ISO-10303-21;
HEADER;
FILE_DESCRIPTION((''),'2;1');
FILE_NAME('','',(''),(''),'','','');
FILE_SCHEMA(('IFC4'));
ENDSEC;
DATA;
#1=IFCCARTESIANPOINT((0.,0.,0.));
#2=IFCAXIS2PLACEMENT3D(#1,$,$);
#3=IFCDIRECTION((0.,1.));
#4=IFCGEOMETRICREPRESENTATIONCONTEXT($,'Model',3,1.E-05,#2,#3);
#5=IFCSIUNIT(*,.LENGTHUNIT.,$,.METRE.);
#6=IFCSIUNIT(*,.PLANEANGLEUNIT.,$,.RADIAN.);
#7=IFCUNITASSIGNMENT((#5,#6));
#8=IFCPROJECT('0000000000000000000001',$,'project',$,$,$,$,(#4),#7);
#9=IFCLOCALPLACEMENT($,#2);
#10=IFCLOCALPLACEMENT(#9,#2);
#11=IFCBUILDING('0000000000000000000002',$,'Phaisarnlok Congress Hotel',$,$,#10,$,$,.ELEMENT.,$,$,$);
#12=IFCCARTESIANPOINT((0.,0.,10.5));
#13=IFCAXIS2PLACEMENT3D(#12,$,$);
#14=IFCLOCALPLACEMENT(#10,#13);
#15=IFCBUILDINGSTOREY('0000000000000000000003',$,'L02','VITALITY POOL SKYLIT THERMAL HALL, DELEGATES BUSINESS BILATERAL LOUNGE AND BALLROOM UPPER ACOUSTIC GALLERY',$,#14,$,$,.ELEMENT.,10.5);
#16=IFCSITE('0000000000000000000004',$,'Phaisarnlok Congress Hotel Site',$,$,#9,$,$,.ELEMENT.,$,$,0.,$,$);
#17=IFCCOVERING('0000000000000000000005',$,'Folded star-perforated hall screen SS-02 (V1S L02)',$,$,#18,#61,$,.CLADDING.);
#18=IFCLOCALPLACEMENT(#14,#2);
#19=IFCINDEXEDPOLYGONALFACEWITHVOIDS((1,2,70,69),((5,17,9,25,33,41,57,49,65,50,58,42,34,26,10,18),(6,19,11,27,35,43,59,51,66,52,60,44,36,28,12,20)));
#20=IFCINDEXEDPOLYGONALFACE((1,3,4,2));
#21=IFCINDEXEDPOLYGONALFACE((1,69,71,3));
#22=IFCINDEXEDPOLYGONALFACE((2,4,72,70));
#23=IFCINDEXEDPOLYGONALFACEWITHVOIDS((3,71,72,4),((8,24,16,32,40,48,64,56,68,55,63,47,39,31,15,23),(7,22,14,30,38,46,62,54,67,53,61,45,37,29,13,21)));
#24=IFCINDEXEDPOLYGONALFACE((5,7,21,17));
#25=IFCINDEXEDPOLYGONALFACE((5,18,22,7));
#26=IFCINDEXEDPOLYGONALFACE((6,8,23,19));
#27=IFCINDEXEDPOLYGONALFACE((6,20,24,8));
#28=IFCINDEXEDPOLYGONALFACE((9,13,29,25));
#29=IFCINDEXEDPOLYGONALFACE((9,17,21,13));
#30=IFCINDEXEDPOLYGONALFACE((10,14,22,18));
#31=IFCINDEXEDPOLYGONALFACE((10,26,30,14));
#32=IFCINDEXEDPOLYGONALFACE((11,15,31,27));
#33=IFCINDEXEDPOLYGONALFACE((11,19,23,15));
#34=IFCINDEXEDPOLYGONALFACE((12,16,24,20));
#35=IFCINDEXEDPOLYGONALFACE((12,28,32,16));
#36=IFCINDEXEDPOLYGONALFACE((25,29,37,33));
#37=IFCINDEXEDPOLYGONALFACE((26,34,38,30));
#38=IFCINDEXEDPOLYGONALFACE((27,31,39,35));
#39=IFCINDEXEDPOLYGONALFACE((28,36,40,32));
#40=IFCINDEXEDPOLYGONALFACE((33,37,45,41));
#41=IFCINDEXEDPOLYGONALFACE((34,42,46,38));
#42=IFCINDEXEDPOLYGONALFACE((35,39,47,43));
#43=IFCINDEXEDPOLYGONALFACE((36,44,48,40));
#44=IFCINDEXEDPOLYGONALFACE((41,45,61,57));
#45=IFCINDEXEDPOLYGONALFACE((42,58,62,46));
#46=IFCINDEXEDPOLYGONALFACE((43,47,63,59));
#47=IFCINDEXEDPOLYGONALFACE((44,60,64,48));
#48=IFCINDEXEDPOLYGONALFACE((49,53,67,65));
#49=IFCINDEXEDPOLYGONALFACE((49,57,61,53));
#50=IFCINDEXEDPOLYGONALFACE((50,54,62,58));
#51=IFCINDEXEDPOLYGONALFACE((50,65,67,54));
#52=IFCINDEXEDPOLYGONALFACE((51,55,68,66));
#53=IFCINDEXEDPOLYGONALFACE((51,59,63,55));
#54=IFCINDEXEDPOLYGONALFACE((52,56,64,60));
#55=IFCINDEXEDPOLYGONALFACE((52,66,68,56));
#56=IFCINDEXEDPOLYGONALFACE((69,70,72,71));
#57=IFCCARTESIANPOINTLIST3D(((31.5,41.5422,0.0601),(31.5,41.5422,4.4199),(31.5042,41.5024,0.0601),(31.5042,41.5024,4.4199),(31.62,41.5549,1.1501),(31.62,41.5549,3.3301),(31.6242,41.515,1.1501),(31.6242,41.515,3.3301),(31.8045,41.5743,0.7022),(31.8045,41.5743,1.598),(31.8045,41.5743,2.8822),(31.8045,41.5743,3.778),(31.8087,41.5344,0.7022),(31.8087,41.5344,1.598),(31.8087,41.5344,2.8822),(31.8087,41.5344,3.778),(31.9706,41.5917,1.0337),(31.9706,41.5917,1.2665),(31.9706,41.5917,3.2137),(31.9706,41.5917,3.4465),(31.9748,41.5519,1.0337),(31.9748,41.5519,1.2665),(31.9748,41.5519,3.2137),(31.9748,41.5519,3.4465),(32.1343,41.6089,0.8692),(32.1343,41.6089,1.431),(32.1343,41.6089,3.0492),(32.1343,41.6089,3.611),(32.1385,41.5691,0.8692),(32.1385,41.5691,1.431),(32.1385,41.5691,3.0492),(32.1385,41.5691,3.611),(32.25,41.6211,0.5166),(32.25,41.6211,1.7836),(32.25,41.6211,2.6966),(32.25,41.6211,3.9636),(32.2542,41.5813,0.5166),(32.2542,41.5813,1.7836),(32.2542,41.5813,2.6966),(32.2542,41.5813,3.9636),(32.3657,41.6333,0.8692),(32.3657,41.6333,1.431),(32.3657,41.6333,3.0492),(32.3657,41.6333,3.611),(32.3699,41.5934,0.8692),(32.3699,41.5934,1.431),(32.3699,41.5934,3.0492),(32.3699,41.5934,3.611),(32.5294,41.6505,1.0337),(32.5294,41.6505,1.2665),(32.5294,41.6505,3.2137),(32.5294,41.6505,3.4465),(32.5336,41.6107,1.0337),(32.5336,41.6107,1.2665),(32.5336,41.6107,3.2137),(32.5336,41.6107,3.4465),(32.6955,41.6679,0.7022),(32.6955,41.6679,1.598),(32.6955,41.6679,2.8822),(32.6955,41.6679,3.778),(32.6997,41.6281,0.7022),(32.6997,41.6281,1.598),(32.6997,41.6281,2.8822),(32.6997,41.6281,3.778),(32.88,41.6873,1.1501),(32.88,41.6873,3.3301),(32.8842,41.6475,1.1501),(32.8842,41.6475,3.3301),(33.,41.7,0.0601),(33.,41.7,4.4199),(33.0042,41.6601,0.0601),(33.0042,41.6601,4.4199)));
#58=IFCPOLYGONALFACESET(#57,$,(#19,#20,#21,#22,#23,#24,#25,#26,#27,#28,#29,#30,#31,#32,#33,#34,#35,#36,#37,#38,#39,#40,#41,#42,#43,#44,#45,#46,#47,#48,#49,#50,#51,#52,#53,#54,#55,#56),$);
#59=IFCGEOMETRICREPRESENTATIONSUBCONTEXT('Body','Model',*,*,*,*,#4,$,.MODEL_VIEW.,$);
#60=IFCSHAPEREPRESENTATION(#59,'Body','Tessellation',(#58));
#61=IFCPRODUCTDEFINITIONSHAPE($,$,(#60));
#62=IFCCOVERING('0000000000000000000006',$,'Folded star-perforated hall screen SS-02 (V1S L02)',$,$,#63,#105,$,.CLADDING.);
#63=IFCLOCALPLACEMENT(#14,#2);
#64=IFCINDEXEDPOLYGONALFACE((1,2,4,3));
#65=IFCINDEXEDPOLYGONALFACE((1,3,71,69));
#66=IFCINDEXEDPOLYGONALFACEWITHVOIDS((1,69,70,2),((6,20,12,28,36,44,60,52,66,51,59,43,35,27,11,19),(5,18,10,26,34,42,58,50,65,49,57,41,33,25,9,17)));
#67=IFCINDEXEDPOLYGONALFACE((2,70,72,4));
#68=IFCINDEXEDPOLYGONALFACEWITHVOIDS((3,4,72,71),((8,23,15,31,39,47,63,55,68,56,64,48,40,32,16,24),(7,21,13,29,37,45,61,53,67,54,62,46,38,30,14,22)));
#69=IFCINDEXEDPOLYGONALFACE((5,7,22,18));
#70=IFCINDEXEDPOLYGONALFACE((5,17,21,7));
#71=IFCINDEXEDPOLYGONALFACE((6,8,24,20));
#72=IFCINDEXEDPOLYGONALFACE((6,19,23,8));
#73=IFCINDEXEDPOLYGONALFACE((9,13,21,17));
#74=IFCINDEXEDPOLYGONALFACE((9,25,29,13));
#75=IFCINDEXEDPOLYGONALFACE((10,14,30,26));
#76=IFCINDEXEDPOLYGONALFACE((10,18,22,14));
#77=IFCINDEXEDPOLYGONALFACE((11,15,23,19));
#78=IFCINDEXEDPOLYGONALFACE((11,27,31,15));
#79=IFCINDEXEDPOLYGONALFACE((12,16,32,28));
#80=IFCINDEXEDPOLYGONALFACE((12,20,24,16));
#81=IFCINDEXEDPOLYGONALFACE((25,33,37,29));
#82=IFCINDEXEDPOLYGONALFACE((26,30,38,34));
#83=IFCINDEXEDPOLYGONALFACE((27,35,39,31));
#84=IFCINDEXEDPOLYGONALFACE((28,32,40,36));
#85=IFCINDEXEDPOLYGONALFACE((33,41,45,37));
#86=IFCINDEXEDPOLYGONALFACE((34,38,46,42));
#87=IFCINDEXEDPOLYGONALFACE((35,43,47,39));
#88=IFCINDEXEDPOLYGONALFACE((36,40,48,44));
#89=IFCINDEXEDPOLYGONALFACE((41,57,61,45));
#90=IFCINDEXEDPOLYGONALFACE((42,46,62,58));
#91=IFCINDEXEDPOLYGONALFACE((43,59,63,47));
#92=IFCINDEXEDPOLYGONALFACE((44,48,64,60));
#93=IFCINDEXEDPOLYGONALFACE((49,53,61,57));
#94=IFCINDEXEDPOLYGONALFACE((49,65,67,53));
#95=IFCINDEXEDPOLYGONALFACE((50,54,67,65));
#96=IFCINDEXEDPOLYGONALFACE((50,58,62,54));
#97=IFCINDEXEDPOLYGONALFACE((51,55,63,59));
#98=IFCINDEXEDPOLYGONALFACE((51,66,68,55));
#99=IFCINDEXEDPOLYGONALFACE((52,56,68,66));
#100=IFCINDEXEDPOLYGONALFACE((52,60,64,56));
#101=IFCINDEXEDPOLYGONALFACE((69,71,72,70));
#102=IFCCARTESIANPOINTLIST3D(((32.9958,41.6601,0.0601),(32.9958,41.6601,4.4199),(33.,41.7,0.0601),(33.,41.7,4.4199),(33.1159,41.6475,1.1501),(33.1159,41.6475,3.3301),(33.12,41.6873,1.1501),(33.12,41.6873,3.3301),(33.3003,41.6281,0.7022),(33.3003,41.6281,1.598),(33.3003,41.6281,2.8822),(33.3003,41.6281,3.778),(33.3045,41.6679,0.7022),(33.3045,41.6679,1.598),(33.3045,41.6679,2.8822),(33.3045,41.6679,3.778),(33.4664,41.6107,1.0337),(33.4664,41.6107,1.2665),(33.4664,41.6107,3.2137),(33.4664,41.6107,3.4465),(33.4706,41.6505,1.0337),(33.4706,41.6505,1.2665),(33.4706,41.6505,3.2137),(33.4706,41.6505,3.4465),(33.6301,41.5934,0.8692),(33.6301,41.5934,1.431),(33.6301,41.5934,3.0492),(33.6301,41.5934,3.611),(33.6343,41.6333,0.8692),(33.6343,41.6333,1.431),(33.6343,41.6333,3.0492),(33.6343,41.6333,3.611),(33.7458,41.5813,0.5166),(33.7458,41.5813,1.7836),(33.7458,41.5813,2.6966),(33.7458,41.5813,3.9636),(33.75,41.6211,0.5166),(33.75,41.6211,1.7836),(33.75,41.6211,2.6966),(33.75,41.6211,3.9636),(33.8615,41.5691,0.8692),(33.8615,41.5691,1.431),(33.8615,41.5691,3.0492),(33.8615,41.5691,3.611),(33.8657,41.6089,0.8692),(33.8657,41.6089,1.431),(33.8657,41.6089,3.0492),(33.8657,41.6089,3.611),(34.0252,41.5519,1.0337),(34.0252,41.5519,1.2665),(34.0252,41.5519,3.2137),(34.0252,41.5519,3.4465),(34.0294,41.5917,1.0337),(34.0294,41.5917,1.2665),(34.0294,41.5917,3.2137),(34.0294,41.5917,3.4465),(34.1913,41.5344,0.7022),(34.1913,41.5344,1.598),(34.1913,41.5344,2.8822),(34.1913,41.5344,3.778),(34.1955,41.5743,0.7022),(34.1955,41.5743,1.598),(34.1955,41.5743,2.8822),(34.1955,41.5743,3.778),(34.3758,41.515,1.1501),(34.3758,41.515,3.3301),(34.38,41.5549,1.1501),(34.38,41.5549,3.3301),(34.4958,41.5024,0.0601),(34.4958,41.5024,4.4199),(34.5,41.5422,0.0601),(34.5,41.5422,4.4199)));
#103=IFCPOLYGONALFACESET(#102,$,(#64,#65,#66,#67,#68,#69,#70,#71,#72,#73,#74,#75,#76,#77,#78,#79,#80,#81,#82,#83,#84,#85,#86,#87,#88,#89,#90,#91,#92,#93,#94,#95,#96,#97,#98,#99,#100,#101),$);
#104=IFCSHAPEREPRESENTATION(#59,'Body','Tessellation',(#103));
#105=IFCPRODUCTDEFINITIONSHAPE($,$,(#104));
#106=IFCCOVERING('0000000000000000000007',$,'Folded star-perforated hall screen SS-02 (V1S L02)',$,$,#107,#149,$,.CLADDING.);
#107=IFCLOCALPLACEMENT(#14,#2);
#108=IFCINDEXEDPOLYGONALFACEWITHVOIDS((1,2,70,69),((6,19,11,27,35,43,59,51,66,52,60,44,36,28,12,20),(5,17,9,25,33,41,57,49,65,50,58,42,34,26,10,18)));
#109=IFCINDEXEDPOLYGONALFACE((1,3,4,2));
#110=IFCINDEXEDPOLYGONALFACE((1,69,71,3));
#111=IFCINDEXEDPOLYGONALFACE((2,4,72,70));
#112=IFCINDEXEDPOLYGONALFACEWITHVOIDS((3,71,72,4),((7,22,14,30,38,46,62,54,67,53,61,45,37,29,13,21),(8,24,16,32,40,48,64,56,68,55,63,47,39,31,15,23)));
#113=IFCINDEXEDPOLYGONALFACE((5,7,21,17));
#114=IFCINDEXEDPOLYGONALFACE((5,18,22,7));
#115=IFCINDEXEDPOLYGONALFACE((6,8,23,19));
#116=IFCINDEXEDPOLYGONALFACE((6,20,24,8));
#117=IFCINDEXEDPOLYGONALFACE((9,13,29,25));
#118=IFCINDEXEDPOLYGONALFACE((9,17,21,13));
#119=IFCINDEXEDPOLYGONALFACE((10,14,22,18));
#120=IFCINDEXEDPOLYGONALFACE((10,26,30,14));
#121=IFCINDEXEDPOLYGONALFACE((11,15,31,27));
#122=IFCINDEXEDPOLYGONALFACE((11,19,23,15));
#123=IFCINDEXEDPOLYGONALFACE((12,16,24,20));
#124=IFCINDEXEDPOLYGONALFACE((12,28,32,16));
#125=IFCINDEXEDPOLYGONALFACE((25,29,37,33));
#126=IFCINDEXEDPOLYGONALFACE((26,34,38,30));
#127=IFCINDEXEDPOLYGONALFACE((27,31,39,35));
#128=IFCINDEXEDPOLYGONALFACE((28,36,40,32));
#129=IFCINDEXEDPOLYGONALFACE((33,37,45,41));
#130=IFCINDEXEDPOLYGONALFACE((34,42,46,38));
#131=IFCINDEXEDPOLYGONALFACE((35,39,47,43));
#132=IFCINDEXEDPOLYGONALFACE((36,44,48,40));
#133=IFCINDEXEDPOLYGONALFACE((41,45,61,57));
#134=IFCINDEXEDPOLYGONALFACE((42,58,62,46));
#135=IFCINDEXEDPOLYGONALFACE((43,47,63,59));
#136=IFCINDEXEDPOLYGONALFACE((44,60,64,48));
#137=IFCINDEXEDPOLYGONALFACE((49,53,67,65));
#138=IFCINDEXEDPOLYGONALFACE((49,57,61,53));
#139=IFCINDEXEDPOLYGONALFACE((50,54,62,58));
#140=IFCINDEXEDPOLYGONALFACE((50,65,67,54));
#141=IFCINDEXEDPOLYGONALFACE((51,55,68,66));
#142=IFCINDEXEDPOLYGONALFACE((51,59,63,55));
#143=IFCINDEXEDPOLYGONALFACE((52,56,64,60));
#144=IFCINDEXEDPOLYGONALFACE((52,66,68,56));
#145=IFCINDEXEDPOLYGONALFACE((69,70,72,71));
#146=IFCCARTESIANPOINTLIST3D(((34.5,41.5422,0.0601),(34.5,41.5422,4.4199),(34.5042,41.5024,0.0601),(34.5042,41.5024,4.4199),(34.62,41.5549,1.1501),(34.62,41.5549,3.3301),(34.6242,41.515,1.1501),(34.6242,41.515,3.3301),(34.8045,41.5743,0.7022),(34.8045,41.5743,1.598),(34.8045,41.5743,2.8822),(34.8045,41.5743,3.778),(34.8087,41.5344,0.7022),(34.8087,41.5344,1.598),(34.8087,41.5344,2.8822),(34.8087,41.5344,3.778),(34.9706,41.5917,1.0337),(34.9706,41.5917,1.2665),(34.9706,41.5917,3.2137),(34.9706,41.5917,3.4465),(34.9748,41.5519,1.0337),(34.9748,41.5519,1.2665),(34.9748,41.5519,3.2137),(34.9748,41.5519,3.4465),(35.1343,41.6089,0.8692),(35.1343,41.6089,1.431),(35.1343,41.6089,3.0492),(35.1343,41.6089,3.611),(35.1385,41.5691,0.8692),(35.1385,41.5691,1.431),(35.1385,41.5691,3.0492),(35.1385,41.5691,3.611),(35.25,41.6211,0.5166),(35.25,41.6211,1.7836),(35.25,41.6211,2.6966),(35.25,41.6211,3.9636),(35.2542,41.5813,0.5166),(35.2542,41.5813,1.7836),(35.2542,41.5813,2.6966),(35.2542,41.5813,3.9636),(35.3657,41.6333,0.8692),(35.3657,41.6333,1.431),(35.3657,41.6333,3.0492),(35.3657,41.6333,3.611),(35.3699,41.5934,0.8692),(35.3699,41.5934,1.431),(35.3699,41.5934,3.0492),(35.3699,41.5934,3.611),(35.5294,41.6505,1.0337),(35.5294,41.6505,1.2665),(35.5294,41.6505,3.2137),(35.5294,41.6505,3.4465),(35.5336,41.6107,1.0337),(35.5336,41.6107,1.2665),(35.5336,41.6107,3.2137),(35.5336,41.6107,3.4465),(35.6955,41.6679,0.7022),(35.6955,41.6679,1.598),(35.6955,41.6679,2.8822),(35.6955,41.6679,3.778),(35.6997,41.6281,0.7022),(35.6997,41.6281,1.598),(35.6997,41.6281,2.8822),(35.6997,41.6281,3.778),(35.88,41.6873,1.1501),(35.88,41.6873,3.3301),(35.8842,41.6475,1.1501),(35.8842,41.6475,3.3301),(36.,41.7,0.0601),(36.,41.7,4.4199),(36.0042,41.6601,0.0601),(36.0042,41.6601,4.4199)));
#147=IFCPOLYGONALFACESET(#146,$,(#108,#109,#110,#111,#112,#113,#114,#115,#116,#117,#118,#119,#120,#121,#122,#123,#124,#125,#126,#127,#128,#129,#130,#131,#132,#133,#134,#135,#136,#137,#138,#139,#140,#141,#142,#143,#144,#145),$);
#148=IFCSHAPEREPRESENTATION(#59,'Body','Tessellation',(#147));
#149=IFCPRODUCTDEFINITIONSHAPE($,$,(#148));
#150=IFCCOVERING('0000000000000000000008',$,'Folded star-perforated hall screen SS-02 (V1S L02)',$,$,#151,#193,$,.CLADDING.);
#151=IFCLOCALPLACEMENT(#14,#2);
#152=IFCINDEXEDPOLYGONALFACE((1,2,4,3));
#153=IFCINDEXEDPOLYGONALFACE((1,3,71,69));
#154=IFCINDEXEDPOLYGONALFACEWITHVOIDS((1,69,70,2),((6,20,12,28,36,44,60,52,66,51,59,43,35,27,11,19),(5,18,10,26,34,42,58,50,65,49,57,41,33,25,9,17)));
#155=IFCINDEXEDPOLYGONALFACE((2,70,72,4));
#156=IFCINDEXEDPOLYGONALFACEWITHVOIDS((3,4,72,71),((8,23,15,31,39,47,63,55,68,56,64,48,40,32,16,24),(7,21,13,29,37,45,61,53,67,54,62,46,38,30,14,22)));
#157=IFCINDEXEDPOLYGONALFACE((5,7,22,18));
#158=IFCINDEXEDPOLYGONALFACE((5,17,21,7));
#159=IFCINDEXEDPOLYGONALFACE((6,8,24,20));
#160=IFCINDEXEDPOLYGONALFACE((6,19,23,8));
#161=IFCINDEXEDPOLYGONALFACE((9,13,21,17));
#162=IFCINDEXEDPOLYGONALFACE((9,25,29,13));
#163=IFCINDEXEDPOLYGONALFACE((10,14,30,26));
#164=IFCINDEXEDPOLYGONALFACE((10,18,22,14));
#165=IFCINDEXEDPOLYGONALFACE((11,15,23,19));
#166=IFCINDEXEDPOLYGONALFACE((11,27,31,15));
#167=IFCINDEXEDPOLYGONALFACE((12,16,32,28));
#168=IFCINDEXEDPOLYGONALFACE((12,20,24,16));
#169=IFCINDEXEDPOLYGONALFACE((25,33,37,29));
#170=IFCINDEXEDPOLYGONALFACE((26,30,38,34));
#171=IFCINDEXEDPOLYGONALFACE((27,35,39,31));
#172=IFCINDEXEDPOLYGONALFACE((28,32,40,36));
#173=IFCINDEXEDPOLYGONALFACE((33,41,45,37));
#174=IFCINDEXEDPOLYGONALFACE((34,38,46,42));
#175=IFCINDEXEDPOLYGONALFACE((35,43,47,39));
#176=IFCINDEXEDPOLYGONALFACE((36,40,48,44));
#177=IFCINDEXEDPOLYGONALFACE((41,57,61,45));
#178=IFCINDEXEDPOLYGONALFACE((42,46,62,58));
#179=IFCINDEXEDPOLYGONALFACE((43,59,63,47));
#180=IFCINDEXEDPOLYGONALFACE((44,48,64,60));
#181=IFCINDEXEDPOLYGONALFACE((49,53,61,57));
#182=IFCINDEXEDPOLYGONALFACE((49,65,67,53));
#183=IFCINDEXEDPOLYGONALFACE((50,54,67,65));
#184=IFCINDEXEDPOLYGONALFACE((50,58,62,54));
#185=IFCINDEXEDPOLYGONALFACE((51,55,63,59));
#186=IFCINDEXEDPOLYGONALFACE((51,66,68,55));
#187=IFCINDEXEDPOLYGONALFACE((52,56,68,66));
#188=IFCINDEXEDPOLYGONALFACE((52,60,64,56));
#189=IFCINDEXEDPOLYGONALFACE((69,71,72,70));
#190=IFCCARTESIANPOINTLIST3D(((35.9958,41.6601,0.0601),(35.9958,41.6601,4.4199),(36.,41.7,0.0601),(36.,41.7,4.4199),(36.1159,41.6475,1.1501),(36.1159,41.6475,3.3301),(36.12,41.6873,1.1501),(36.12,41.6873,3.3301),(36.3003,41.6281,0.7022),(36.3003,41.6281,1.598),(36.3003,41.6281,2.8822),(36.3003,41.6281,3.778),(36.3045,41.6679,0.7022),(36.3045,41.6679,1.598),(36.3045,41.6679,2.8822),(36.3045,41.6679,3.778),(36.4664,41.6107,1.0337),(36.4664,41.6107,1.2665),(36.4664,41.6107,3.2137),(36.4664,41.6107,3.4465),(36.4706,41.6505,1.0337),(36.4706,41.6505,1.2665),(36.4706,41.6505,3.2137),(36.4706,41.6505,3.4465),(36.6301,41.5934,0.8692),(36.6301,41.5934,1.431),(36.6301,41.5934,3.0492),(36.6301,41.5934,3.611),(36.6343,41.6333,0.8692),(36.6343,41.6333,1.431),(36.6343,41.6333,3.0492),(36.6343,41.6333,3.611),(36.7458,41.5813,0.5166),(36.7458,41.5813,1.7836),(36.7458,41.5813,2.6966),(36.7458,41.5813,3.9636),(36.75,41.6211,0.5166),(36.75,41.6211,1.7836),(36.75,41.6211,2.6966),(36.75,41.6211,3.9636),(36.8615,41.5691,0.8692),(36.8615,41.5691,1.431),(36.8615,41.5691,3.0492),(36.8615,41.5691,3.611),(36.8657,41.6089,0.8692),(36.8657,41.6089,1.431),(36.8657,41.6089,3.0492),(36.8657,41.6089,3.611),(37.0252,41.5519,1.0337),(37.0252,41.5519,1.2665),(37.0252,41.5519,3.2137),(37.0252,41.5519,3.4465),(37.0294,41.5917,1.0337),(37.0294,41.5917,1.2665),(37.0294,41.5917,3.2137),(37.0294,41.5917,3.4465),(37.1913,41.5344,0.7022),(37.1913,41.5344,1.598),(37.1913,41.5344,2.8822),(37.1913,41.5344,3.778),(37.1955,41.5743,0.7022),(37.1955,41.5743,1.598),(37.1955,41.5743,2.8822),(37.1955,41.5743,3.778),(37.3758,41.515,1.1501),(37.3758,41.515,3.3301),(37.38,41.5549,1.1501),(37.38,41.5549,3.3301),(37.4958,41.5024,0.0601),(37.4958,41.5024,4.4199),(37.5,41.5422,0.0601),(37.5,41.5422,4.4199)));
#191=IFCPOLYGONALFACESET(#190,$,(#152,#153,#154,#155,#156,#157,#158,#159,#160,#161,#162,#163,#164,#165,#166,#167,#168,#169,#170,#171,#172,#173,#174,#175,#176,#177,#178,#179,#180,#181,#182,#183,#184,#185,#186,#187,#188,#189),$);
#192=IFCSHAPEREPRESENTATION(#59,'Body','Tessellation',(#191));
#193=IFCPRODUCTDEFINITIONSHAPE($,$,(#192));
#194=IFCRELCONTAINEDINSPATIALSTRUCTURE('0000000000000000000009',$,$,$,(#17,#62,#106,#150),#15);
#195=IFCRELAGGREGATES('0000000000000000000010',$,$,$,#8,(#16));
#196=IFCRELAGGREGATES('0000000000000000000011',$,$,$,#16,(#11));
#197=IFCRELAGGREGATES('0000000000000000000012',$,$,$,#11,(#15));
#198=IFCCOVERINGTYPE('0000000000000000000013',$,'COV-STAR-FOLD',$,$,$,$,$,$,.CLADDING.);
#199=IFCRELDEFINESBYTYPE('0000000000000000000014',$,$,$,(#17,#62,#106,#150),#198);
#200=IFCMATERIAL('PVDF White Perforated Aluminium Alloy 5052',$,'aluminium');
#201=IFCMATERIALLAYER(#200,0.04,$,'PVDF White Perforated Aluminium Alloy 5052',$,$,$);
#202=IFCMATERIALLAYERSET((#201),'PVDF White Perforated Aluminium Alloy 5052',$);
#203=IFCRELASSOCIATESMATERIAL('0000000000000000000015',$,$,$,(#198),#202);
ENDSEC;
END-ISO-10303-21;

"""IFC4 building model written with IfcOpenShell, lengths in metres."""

from ifc_helpers import new_model, si_unit, direction, frame, origin, place, context, subcontext, project, spatial, polyline, outline, extrude, material, layer, layer_set, type_object, element, save


model = new_model("IFC4")

# Units and contexts
model_context = context("Model", 3, precision=1e-05, world=origin(), true_north=direction((0.0, 1.0)))
body_context = subcontext(model_context, "Body", "Model", "MODEL_VIEW")
ifc_project = project(units=[si_unit("LENGTHUNIT", "METRE"), si_unit("PLANEANGLEUNIT", "RADIAN")], contexts=[model_context])

# Site, building, storey
site_placement = place(None, origin())
site = spatial("IfcSite", under=ifc_project, at=site_placement, Name="Phaisarnlok Congress Hotel Site", CompositionType="ELEMENT", RefElevation=0.0)
building_placement = place(site_placement, origin())
building = spatial("IfcBuilding", under=site, at=building_placement, Name="Phaisarnlok Congress Hotel", CompositionType="ELEMENT")
storey_placement = place(building_placement, frame((0.0, 0.0, 10.5)))
storey = spatial("IfcBuildingStorey", under=building, at=storey_placement, Name="L02", Description="VITALITY POOL SKYLIT THERMAL HALL, DELEGATES BUSINESS BILATERAL LOUNGE AND BALLROOM UPPER ACOUSTIC GALLERY", CompositionType="ELEMENT", Elevation=10.5)

# Coverings
ifc_material_1 = material(Name="PVDF White Perforated Aluminium Alloy 5052", Category="aluminium")
ifc_layer = layer(ifc_material_1, 0.04, Name="PVDF White Perforated Aluminium Alloy 5052")
ifc_layer_set = layer_set([ifc_layer], Name="PVDF White Perforated Aluminium Alloy 5052")
covering_type = type_object("IfcCoveringType", Name="COV-STAR-FOLD", PredefinedType="CLADDING", material=ifc_layer_set)
for number, where, z_axis, x_axis, name in (
    (1, (31.5, 41.5422, 0.0601), (0.104567, -0.994518, 0.0), (0.994518, 0.104567, 0.0), "Folded star-perforated hall screen SS-02 (V1S L02)"),
    (2, (33.0, 41.7, 0.0601), (-0.104567, -0.994518, 0.0), (0.994518, -0.104567, 0.0), "Folded star-perforated hall screen SS-02 (V1S L02)"),
    (3, (34.5, 41.5422, 0.0601), (0.104567, -0.994518, 0.0), (0.994518, 0.104567, 0.0), "Folded star-perforated hall screen SS-02 (V1S L02)"),
    (4, (36.0, 41.7, 0.0601), (-0.104567, -0.994518, 0.0), (0.994518, -0.104567, 0.0), "Folded star-perforated hall screen SS-02 (V1S L02)"),
):
    element("IfcCovering", number, at=place(storey_placement, frame(where, z_axis=z_axis, x_axis=x_axis)), inside=storey, type_object=covering_type, Name=name, PredefinedType="CLADDING", context=body_context, shape_type="SweptSolid", body=[
        extrude(outline(polyline([(0.0, 0.0), (1.5083, 0.0), (1.5083, 4.3599), (0.0, 4.3599), (0.0, 0.0)]), holes=[polyline([(1.0351, 0.9736), (1.2021, 0.6421), (0.8705, 0.8091), (0.7541, 0.4565), (0.6378, 0.8091), (0.3062, 0.6421), (0.4732, 0.9736), (0.1207, 1.09), (0.4732, 1.2064), (0.3062, 1.5379), (0.6378, 1.3709), (0.7541, 1.7235), (0.8705, 1.3709), (1.2021, 1.5379), (1.0351, 1.2064), (1.3876, 1.09), (1.0351, 0.9736)]), polyline([(1.0351, 3.1536), (1.2021, 2.8221), (0.8705, 2.9891), (0.7541, 2.6365), (0.6378, 2.9891), (0.3062, 2.8221), (0.4732, 3.1536), (0.1207, 3.27), (0.4732, 3.3864), (0.3062, 3.7179), (0.6378, 3.5509), (0.7541, 3.9035), (0.8705, 3.5509), (1.2021, 3.7179), (1.0351, 3.3864), (1.3876, 3.27), (1.0351, 3.1536)])]), origin(), (0.0, 0.0, 1.0), 0.04),
    ])

save(model, "model.ifc")
